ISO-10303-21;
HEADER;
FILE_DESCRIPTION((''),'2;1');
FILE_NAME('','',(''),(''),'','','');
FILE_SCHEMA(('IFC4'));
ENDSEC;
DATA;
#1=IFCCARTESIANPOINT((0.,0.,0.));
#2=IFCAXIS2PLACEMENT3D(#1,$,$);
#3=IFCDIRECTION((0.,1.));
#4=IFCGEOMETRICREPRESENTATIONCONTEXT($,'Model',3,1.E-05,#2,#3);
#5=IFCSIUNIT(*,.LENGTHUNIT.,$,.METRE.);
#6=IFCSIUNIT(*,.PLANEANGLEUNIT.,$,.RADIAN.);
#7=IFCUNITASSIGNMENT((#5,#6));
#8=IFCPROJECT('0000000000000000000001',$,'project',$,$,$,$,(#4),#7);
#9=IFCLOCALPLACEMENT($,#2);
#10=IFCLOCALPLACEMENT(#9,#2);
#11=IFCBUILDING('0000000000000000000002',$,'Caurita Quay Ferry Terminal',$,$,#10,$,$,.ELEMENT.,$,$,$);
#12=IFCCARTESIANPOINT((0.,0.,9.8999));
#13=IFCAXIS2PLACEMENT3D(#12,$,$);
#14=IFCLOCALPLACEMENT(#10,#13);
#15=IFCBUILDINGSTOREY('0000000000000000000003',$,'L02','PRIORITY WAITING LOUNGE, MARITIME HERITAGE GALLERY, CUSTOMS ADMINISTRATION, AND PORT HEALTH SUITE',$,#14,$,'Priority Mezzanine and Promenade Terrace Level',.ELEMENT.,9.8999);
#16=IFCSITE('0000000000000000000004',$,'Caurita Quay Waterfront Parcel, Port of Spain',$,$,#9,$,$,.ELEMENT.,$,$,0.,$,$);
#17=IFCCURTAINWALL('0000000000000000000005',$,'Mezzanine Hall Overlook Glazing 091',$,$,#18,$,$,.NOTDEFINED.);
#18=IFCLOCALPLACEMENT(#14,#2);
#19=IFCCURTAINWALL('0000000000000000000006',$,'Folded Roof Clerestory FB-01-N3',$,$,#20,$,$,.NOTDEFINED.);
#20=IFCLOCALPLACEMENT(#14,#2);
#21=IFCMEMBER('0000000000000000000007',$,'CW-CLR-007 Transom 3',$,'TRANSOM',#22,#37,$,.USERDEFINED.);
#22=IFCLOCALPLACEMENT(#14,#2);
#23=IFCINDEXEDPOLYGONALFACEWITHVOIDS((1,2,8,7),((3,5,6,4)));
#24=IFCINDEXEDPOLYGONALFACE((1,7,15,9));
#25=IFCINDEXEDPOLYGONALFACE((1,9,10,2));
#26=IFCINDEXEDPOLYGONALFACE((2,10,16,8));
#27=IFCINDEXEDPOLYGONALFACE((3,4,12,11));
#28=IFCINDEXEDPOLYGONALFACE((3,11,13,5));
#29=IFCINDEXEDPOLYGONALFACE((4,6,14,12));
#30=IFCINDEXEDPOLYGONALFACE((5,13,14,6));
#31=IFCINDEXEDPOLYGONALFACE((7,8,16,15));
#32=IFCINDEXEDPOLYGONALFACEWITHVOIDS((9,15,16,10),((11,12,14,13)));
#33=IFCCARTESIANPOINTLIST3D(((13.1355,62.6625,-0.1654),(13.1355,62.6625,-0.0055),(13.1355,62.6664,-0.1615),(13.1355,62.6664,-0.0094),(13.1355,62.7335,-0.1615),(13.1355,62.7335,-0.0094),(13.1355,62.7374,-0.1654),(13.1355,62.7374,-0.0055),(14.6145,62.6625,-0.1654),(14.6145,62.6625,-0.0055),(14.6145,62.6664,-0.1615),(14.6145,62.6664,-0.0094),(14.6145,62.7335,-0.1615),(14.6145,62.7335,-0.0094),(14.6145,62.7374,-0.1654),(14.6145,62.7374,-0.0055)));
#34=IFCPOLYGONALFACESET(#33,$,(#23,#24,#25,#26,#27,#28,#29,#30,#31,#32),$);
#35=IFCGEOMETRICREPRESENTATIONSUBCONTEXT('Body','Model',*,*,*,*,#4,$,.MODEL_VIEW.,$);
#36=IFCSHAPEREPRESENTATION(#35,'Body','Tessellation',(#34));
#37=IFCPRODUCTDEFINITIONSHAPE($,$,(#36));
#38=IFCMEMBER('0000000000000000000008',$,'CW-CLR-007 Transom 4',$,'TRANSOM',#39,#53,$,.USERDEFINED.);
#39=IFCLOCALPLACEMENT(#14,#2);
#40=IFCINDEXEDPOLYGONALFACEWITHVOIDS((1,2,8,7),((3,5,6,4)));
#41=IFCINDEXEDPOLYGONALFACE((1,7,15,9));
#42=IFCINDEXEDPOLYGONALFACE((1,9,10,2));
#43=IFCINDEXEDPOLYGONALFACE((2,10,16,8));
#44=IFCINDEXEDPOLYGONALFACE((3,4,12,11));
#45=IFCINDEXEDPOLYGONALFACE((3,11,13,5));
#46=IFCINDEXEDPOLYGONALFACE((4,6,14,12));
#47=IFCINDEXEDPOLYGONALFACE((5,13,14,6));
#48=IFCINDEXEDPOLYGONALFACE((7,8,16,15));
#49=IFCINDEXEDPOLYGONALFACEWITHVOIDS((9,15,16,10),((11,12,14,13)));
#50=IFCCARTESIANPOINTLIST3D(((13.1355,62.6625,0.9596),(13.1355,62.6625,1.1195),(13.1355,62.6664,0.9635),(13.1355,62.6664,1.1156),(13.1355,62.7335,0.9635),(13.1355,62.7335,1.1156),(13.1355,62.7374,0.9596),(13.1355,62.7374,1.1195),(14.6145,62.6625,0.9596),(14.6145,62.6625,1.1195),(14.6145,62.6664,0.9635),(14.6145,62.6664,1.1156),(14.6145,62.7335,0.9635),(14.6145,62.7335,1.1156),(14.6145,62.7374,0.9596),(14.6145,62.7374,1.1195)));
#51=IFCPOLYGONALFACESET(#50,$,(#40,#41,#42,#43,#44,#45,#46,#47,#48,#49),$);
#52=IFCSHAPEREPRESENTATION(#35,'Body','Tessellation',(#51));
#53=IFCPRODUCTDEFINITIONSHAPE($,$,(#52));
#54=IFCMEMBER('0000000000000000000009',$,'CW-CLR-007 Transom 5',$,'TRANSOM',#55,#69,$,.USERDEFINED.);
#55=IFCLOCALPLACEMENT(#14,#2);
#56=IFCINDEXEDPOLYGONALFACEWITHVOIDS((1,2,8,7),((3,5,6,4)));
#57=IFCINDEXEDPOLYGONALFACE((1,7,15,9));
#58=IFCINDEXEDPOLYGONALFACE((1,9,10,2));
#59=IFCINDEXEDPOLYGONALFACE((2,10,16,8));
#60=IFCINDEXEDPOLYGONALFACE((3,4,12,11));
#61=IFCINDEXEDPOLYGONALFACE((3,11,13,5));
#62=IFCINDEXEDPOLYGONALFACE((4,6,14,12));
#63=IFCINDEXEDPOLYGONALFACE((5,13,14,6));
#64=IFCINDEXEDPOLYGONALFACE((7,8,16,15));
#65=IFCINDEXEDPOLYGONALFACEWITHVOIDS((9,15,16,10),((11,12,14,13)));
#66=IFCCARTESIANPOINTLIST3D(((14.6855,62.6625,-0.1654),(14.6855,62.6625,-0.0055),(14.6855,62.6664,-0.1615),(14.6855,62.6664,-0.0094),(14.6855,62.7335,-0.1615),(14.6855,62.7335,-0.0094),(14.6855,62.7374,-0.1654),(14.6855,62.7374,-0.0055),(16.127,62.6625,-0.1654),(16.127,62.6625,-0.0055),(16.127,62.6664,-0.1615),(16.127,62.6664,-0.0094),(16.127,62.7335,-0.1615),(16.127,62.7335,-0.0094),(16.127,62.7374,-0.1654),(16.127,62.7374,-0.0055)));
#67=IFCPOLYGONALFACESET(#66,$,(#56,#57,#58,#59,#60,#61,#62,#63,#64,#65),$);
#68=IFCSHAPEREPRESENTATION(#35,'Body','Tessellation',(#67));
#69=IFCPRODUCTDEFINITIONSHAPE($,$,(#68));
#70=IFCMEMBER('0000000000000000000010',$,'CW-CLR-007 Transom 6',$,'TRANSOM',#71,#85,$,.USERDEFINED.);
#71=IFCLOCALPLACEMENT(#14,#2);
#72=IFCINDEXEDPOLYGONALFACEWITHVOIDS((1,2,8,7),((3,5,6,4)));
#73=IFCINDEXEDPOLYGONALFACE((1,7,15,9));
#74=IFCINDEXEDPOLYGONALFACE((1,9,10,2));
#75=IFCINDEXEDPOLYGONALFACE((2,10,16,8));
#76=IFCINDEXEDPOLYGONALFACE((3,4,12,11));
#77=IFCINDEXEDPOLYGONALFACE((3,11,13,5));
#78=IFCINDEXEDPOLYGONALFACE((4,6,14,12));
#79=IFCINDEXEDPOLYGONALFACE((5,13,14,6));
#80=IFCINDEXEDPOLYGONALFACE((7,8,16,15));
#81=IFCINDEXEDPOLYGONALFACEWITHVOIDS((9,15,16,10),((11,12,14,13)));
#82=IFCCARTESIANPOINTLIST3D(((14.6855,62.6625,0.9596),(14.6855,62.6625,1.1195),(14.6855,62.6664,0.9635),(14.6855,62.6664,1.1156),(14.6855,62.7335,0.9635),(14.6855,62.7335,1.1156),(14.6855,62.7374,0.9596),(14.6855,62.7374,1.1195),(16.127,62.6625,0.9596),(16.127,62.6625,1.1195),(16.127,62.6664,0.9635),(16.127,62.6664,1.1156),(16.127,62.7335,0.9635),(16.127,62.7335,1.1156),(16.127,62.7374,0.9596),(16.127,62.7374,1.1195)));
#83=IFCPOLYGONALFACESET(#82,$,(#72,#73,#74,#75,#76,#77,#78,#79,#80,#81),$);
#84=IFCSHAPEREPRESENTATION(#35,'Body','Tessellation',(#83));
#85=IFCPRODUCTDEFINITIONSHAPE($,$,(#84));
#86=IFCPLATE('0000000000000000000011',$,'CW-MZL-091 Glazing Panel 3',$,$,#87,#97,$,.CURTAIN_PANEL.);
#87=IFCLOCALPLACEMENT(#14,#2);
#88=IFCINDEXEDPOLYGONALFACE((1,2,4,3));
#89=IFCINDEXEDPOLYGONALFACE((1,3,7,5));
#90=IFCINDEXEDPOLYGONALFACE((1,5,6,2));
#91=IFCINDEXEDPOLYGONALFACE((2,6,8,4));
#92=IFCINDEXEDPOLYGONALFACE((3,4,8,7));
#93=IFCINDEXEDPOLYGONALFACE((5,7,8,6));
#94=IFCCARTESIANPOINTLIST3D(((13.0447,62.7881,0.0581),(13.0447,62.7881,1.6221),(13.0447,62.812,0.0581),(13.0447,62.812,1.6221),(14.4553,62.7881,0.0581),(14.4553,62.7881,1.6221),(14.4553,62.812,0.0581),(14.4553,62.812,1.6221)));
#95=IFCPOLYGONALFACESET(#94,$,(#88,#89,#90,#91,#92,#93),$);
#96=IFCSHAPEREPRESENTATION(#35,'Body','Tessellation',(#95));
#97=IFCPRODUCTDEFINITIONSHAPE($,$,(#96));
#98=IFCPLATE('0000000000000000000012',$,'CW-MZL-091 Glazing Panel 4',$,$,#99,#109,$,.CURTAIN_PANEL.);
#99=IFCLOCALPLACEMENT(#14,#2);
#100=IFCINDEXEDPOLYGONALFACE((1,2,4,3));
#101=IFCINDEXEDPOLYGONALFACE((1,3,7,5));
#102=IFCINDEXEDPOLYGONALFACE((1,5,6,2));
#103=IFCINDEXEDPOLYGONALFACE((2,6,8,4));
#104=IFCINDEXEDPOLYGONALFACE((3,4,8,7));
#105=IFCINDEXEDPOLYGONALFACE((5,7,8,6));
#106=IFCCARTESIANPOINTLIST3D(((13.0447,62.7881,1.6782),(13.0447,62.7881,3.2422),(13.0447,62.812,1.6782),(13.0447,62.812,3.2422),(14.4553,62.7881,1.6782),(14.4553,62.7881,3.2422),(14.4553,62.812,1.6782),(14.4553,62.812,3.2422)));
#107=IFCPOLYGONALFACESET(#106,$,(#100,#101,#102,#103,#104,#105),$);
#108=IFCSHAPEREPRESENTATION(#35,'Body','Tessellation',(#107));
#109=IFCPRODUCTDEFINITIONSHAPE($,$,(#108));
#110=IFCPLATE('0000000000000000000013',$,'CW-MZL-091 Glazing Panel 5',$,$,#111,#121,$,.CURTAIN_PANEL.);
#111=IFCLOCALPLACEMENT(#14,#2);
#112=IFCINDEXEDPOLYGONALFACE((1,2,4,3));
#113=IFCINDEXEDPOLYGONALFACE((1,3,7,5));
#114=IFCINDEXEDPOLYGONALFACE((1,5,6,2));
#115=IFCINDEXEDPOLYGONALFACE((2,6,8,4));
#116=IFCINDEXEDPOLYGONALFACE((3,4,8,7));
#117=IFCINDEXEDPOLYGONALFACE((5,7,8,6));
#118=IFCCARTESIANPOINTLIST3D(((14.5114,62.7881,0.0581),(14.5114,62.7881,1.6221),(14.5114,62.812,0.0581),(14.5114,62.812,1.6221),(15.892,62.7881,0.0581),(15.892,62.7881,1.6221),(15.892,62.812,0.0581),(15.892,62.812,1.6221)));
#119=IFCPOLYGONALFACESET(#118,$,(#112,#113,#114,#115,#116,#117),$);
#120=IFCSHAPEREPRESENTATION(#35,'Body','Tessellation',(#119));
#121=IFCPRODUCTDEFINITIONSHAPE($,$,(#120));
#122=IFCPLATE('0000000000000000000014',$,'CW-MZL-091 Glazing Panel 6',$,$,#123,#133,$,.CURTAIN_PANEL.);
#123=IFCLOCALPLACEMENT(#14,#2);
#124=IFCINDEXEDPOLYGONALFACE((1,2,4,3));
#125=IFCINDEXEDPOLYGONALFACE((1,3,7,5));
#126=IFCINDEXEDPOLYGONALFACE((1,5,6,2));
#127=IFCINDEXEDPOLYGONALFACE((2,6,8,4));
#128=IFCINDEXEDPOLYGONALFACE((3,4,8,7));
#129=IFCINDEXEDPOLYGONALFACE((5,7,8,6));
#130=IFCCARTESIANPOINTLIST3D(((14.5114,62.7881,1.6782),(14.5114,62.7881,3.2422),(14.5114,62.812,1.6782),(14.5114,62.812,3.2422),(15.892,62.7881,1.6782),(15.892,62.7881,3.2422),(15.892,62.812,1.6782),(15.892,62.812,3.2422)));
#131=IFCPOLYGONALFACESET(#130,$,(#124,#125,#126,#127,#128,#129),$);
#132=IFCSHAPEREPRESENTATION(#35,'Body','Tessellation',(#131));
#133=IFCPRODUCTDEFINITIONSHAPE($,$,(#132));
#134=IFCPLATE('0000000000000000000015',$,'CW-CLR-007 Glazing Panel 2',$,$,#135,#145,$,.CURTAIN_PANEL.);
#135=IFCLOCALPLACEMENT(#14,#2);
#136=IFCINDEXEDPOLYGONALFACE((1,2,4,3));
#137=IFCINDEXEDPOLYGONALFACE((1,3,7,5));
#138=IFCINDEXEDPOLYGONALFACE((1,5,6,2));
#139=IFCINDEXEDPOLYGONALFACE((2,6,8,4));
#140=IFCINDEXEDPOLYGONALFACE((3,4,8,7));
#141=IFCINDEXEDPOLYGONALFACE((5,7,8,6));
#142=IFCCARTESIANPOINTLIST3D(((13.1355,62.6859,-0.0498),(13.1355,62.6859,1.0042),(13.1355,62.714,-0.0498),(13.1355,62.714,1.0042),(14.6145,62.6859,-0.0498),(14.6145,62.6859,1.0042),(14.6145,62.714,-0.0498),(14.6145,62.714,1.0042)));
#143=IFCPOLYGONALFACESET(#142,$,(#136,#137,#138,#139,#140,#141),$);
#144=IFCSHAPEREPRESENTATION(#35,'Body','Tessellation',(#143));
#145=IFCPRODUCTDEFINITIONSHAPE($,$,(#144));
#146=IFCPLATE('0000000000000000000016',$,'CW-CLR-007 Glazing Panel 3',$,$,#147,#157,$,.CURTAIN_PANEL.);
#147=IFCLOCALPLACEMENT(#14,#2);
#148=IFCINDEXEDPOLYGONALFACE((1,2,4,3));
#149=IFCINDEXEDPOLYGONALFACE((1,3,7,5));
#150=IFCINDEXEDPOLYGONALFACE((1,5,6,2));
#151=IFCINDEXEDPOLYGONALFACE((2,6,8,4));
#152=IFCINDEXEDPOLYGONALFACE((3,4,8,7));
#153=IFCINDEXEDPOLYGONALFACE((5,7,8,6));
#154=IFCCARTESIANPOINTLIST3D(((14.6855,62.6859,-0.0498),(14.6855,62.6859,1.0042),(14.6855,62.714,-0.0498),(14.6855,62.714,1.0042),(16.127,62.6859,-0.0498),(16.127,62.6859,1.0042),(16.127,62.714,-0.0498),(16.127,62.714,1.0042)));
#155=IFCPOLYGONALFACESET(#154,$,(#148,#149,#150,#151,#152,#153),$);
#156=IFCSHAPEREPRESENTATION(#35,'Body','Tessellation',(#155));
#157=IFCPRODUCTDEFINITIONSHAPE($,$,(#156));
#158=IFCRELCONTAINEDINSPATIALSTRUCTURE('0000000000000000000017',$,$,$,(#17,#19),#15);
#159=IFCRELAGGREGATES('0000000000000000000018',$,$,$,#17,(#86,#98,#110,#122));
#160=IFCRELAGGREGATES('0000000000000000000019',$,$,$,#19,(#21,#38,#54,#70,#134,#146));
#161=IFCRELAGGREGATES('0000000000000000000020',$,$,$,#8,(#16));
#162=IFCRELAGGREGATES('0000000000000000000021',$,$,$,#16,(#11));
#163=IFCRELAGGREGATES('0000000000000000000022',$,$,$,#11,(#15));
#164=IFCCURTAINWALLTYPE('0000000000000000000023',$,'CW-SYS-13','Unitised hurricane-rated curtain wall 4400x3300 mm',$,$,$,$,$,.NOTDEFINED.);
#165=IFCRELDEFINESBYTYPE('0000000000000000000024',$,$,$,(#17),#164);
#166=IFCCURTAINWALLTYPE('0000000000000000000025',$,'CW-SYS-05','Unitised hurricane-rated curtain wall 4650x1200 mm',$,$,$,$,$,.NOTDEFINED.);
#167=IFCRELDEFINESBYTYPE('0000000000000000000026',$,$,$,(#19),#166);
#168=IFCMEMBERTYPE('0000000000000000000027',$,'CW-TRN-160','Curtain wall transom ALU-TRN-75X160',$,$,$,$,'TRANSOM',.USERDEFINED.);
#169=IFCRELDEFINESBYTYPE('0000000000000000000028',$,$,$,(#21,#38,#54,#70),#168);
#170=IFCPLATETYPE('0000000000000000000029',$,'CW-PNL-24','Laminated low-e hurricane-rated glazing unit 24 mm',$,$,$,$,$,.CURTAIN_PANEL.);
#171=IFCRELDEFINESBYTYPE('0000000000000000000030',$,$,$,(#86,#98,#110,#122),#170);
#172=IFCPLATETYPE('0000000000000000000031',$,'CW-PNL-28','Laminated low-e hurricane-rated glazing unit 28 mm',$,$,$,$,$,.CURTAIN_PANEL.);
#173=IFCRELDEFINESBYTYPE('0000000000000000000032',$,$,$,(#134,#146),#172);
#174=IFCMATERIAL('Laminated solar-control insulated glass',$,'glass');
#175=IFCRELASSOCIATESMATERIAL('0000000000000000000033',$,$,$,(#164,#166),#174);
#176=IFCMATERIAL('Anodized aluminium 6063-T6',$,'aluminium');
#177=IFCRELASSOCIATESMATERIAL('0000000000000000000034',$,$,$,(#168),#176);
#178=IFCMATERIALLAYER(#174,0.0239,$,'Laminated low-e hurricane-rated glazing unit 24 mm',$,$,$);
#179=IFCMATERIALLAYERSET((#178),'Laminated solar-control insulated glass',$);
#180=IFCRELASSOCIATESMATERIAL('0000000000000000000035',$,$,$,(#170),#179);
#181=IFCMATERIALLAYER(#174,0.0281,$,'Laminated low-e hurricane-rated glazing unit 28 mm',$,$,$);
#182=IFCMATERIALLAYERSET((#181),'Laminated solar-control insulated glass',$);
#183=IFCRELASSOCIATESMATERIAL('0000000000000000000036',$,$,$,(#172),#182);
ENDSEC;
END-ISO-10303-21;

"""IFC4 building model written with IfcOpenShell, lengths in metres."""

from ifc_helpers import new_model, si_unit, direction, frame, origin, origin_2d, place, context, subcontext, project, spatial, rectangle, hollow_rectangle, extrude, material, layer, layer_set, material_profile, profile_set, type_object, element, aggregate, save


model = new_model("IFC4")

# Units and contexts
model_context = context("Model", 3, precision=1e-05, world=origin(), true_north=direction((0.0, 1.0)))
body_context = subcontext(model_context, "Body", "Model", "MODEL_VIEW")
ifc_project = project(units=[si_unit("LENGTHUNIT", "METRE"), si_unit("PLANEANGLEUNIT", "RADIAN")], contexts=[model_context])

# Site, building, storey
site_placement = place(None, origin())
site = spatial("IfcSite", under=ifc_project, at=site_placement, Name="Caurita Quay Waterfront Parcel, Port of Spain", CompositionType="ELEMENT", RefElevation=0.0)
building_placement = place(site_placement, origin())
building = spatial("IfcBuilding", under=site, at=building_placement, Name="Caurita Quay Ferry Terminal", CompositionType="ELEMENT")
storey_placement = place(building_placement, frame((0.0, 0.0, 9.8999)))
storey = spatial("IfcBuildingStorey", under=building, at=storey_placement, Name="L02", Description="PRIORITY WAITING LOUNGE, MARITIME HERITAGE GALLERY, CUSTOMS ADMINISTRATION, AND PORT HEALTH SUITE", LongName="Priority Mezzanine and Promenade Terrace Level", CompositionType="ELEMENT", Elevation=9.8999)

# Curtain walls
ifc_material_1 = material(Name="Laminated solar-control insulated glass", Category="glass")
curtain_wall_type_1 = type_object("IfcCurtainWallType", Name="CW-SYS-13", Description="Unitised hurricane-rated curtain wall 4400x3300 mm", PredefinedType="NOTDEFINED", material=ifc_material_1)
curtain_wall_1_placement = place(storey_placement, origin())
curtain_wall_1 = element("IfcCurtainWall", 1, at=curtain_wall_1_placement, inside=storey, type_object=curtain_wall_type_1, Name="Mezzanine Hall Overlook Glazing 091", PredefinedType="NOTDEFINED")
ifc_material_2 = material(Name="Anodized aluminium 6063-T6", Category="aluminium")
curtain_wall_type_2 = type_object("IfcCurtainWallType", Name="CW-SYS-05", Description="Unitised hurricane-rated curtain wall 4650x1200 mm", PredefinedType="NOTDEFINED", material=ifc_material_1)
curtain_wall_2_placement = place(storey_placement, origin())
curtain_wall_2 = element("IfcCurtainWall", 2, at=curtain_wall_2_placement, inside=storey, type_object=curtain_wall_type_2, Name="Folded Roof Clerestory FB-01-N3", PredefinedType="NOTDEFINED")

# Members
ifc_material_profile_1 = material_profile(ifc_material_2, hollow_rectangle(XDim=0.075, YDim=0.1599, WallThickness=0.0039, at=origin_2d()), Name="ALU-TRN-75X160")
ifc_profile_set_1 = profile_set([ifc_material_profile_1], Name="Anodized aluminium 6063-T6")
member_type_1 = type_object("IfcMemberType", Name="CW-TRN-160", Description="Curtain wall transom ALU-TRN-75X160", ElementType="TRANSOM", PredefinedType="USERDEFINED", material=ifc_profile_set_1)
member_1_placement = place(storey_placement, frame((13.1355, 62.7, -0.0854), z_axis=(1.0, 0.0, 0.0), x_axis=(0.0, 1.0, 0.0)))
member_1 = element("IfcMember", 3, at=member_1_placement, type_object=member_type_1, Name="CW-CLR-007 Transom 3", ObjectType="TRANSOM", PredefinedType="USERDEFINED", context=body_context, shape_type="SweptSolid", body=[
    extrude(hollow_rectangle(XDim=0.075, YDim=0.1599, WallThickness=0.0039, at=origin_2d()), origin(), (0.0, 0.0, 1.0), 1.479),
])
member_2_placement = place(storey_placement, frame((13.1355, 62.7, 1.0396), z_axis=(1.0, 0.0, 0.0), x_axis=(0.0, 1.0, 0.0)))
member_2 = element("IfcMember", 4, at=member_2_placement, type_object=member_type_1, Name="CW-CLR-007 Transom 4", ObjectType="TRANSOM", PredefinedType="USERDEFINED", context=body_context, shape_type="SweptSolid", body=[
    extrude(hollow_rectangle(XDim=0.075, YDim=0.1599, WallThickness=0.0039, at=origin_2d()), origin(), (0.0, 0.0, 1.0), 1.479),
])
member_3_placement = place(storey_placement, frame((14.6855, 62.7, -0.0854), z_axis=(1.0, 0.0, 0.0), x_axis=(0.0, 1.0, 0.0)))
member_3 = element("IfcMember", 5, at=member_3_placement, type_object=member_type_1, Name="CW-CLR-007 Transom 5", ObjectType="TRANSOM", PredefinedType="USERDEFINED", context=body_context, shape_type="SweptSolid", body=[
    extrude(hollow_rectangle(XDim=0.075, YDim=0.1599, WallThickness=0.0039, at=origin_2d()), origin(), (0.0, 0.0, 1.0), 1.4414),
])
member_4_placement = place(storey_placement, frame((14.6855, 62.7, 1.0396), z_axis=(1.0, 0.0, 0.0), x_axis=(0.0, 1.0, 0.0)))
member_4 = element("IfcMember", 6, at=member_4_placement, type_object=member_type_1, Name="CW-CLR-007 Transom 6", ObjectType="TRANSOM", PredefinedType="USERDEFINED", context=body_context, shape_type="SweptSolid", body=[
    extrude(hollow_rectangle(XDim=0.075, YDim=0.1599, WallThickness=0.0039, at=origin_2d()), origin(), (0.0, 0.0, 1.0), 1.4414),
])

# Plates
ifc_layer_1 = layer(ifc_material_1, 0.0239, Name="Laminated low-e hurricane-rated glazing unit 24 mm")
ifc_layer_set_1 = layer_set([ifc_layer_1], Name="Laminated solar-control insulated glass")
plate_type_1 = type_object("IfcPlateType", Name="CW-PNL-24", Description="Laminated low-e hurricane-rated glazing unit 24 mm", PredefinedType="CURTAIN_PANEL", material=ifc_layer_set_1)
plate_1_placement = place(storey_placement, frame((13.75, 62.8, 0.0581), z_axis=(0.0, 0.0, 1.0), x_axis=(1.0, 0.0, 0.0)))
plate_1 = element("IfcPlate", 7, at=plate_1_placement, type_object=plate_type_1, Name="CW-MZL-091 Glazing Panel 3", PredefinedType="CURTAIN_PANEL", context=body_context, shape_type="SweptSolid", body=[
    extrude(rectangle(XDim=1.4106, YDim=0.0239, at=origin_2d()), origin(), (0.0, 0.0, 1.0), 1.564),
])
plate_2_placement = place(storey_placement, frame((13.75, 62.8, 1.6782), z_axis=(0.0, 0.0, 1.0), x_axis=(1.0, 0.0, 0.0)))
plate_2 = element("IfcPlate", 8, at=plate_2_placement, type_object=plate_type_1, Name="CW-MZL-091 Glazing Panel 4", PredefinedType="CURTAIN_PANEL", context=body_context, shape_type="SweptSolid", body=[
    extrude(rectangle(XDim=1.4106, YDim=0.0239, at=origin_2d()), origin(), (0.0, 0.0, 1.0), 1.564),
])
plate_3_placement = place(storey_placement, frame((15.2017, 62.8, 0.0581), z_axis=(0.0, 0.0, 1.0), x_axis=(1.0, 0.0, 0.0)))
plate_3 = element("IfcPlate", 9, at=plate_3_placement, type_object=plate_type_1, Name="CW-MZL-091 Glazing Panel 5", PredefinedType="CURTAIN_PANEL", context=body_context, shape_type="SweptSolid", body=[
    extrude(rectangle(XDim=1.3806, YDim=0.0239, at=origin_2d()), origin(), (0.0, 0.0, 1.0), 1.564),
])
plate_4_placement = place(storey_placement, frame((15.2017, 62.8, 1.6782), z_axis=(0.0, 0.0, 1.0), x_axis=(1.0, 0.0, 0.0)))
plate_4 = element("IfcPlate", 10, at=plate_4_placement, type_object=plate_type_1, Name="CW-MZL-091 Glazing Panel 6", PredefinedType="CURTAIN_PANEL", context=body_context, shape_type="SweptSolid", body=[
    extrude(rectangle(XDim=1.3806, YDim=0.0239, at=origin_2d()), origin(), (0.0, 0.0, 1.0), 1.564),
])
aggregate(curtain_wall_1, [plate_1, plate_2, plate_3, plate_4])
ifc_layer_2 = layer(ifc_material_1, 0.0281, Name="Laminated low-e hurricane-rated glazing unit 28 mm")
ifc_layer_set_2 = layer_set([ifc_layer_2], Name="Laminated solar-control insulated glass")
plate_type_2 = type_object("IfcPlateType", Name="CW-PNL-28", Description="Laminated low-e hurricane-rated glazing unit 28 mm", PredefinedType="CURTAIN_PANEL", material=ifc_layer_set_2)
plate_5_placement = place(storey_placement, frame((13.875, 62.7, -0.0498), z_axis=(0.0, 0.0, 1.0), x_axis=(1.0, 0.0, 0.0)))
plate_5 = element("IfcPlate", 11, at=plate_5_placement, type_object=plate_type_2, Name="CW-CLR-007 Glazing Panel 2", PredefinedType="CURTAIN_PANEL", context=body_context, shape_type="SweptSolid", body=[
    extrude(rectangle(XDim=1.479, YDim=0.0281, at=origin_2d()), origin(), (0.0, 0.0, 1.0), 1.054),
])
plate_6_placement = place(storey_placement, frame((15.4062, 62.7, -0.0498), z_axis=(0.0, 0.0, 1.0), x_axis=(1.0, 0.0, 0.0)))
plate_6 = element("IfcPlate", 12, at=plate_6_placement, type_object=plate_type_2, Name="CW-CLR-007 Glazing Panel 3", PredefinedType="CURTAIN_PANEL", context=body_context, shape_type="SweptSolid", body=[
    extrude(rectangle(XDim=1.4414, YDim=0.0281, at=origin_2d()), origin(), (0.0, 0.0, 1.0), 1.054),
])
aggregate(curtain_wall_2, [member_1, member_2, member_3, member_4, plate_5, plate_6])

save(model, "model.ifc")
